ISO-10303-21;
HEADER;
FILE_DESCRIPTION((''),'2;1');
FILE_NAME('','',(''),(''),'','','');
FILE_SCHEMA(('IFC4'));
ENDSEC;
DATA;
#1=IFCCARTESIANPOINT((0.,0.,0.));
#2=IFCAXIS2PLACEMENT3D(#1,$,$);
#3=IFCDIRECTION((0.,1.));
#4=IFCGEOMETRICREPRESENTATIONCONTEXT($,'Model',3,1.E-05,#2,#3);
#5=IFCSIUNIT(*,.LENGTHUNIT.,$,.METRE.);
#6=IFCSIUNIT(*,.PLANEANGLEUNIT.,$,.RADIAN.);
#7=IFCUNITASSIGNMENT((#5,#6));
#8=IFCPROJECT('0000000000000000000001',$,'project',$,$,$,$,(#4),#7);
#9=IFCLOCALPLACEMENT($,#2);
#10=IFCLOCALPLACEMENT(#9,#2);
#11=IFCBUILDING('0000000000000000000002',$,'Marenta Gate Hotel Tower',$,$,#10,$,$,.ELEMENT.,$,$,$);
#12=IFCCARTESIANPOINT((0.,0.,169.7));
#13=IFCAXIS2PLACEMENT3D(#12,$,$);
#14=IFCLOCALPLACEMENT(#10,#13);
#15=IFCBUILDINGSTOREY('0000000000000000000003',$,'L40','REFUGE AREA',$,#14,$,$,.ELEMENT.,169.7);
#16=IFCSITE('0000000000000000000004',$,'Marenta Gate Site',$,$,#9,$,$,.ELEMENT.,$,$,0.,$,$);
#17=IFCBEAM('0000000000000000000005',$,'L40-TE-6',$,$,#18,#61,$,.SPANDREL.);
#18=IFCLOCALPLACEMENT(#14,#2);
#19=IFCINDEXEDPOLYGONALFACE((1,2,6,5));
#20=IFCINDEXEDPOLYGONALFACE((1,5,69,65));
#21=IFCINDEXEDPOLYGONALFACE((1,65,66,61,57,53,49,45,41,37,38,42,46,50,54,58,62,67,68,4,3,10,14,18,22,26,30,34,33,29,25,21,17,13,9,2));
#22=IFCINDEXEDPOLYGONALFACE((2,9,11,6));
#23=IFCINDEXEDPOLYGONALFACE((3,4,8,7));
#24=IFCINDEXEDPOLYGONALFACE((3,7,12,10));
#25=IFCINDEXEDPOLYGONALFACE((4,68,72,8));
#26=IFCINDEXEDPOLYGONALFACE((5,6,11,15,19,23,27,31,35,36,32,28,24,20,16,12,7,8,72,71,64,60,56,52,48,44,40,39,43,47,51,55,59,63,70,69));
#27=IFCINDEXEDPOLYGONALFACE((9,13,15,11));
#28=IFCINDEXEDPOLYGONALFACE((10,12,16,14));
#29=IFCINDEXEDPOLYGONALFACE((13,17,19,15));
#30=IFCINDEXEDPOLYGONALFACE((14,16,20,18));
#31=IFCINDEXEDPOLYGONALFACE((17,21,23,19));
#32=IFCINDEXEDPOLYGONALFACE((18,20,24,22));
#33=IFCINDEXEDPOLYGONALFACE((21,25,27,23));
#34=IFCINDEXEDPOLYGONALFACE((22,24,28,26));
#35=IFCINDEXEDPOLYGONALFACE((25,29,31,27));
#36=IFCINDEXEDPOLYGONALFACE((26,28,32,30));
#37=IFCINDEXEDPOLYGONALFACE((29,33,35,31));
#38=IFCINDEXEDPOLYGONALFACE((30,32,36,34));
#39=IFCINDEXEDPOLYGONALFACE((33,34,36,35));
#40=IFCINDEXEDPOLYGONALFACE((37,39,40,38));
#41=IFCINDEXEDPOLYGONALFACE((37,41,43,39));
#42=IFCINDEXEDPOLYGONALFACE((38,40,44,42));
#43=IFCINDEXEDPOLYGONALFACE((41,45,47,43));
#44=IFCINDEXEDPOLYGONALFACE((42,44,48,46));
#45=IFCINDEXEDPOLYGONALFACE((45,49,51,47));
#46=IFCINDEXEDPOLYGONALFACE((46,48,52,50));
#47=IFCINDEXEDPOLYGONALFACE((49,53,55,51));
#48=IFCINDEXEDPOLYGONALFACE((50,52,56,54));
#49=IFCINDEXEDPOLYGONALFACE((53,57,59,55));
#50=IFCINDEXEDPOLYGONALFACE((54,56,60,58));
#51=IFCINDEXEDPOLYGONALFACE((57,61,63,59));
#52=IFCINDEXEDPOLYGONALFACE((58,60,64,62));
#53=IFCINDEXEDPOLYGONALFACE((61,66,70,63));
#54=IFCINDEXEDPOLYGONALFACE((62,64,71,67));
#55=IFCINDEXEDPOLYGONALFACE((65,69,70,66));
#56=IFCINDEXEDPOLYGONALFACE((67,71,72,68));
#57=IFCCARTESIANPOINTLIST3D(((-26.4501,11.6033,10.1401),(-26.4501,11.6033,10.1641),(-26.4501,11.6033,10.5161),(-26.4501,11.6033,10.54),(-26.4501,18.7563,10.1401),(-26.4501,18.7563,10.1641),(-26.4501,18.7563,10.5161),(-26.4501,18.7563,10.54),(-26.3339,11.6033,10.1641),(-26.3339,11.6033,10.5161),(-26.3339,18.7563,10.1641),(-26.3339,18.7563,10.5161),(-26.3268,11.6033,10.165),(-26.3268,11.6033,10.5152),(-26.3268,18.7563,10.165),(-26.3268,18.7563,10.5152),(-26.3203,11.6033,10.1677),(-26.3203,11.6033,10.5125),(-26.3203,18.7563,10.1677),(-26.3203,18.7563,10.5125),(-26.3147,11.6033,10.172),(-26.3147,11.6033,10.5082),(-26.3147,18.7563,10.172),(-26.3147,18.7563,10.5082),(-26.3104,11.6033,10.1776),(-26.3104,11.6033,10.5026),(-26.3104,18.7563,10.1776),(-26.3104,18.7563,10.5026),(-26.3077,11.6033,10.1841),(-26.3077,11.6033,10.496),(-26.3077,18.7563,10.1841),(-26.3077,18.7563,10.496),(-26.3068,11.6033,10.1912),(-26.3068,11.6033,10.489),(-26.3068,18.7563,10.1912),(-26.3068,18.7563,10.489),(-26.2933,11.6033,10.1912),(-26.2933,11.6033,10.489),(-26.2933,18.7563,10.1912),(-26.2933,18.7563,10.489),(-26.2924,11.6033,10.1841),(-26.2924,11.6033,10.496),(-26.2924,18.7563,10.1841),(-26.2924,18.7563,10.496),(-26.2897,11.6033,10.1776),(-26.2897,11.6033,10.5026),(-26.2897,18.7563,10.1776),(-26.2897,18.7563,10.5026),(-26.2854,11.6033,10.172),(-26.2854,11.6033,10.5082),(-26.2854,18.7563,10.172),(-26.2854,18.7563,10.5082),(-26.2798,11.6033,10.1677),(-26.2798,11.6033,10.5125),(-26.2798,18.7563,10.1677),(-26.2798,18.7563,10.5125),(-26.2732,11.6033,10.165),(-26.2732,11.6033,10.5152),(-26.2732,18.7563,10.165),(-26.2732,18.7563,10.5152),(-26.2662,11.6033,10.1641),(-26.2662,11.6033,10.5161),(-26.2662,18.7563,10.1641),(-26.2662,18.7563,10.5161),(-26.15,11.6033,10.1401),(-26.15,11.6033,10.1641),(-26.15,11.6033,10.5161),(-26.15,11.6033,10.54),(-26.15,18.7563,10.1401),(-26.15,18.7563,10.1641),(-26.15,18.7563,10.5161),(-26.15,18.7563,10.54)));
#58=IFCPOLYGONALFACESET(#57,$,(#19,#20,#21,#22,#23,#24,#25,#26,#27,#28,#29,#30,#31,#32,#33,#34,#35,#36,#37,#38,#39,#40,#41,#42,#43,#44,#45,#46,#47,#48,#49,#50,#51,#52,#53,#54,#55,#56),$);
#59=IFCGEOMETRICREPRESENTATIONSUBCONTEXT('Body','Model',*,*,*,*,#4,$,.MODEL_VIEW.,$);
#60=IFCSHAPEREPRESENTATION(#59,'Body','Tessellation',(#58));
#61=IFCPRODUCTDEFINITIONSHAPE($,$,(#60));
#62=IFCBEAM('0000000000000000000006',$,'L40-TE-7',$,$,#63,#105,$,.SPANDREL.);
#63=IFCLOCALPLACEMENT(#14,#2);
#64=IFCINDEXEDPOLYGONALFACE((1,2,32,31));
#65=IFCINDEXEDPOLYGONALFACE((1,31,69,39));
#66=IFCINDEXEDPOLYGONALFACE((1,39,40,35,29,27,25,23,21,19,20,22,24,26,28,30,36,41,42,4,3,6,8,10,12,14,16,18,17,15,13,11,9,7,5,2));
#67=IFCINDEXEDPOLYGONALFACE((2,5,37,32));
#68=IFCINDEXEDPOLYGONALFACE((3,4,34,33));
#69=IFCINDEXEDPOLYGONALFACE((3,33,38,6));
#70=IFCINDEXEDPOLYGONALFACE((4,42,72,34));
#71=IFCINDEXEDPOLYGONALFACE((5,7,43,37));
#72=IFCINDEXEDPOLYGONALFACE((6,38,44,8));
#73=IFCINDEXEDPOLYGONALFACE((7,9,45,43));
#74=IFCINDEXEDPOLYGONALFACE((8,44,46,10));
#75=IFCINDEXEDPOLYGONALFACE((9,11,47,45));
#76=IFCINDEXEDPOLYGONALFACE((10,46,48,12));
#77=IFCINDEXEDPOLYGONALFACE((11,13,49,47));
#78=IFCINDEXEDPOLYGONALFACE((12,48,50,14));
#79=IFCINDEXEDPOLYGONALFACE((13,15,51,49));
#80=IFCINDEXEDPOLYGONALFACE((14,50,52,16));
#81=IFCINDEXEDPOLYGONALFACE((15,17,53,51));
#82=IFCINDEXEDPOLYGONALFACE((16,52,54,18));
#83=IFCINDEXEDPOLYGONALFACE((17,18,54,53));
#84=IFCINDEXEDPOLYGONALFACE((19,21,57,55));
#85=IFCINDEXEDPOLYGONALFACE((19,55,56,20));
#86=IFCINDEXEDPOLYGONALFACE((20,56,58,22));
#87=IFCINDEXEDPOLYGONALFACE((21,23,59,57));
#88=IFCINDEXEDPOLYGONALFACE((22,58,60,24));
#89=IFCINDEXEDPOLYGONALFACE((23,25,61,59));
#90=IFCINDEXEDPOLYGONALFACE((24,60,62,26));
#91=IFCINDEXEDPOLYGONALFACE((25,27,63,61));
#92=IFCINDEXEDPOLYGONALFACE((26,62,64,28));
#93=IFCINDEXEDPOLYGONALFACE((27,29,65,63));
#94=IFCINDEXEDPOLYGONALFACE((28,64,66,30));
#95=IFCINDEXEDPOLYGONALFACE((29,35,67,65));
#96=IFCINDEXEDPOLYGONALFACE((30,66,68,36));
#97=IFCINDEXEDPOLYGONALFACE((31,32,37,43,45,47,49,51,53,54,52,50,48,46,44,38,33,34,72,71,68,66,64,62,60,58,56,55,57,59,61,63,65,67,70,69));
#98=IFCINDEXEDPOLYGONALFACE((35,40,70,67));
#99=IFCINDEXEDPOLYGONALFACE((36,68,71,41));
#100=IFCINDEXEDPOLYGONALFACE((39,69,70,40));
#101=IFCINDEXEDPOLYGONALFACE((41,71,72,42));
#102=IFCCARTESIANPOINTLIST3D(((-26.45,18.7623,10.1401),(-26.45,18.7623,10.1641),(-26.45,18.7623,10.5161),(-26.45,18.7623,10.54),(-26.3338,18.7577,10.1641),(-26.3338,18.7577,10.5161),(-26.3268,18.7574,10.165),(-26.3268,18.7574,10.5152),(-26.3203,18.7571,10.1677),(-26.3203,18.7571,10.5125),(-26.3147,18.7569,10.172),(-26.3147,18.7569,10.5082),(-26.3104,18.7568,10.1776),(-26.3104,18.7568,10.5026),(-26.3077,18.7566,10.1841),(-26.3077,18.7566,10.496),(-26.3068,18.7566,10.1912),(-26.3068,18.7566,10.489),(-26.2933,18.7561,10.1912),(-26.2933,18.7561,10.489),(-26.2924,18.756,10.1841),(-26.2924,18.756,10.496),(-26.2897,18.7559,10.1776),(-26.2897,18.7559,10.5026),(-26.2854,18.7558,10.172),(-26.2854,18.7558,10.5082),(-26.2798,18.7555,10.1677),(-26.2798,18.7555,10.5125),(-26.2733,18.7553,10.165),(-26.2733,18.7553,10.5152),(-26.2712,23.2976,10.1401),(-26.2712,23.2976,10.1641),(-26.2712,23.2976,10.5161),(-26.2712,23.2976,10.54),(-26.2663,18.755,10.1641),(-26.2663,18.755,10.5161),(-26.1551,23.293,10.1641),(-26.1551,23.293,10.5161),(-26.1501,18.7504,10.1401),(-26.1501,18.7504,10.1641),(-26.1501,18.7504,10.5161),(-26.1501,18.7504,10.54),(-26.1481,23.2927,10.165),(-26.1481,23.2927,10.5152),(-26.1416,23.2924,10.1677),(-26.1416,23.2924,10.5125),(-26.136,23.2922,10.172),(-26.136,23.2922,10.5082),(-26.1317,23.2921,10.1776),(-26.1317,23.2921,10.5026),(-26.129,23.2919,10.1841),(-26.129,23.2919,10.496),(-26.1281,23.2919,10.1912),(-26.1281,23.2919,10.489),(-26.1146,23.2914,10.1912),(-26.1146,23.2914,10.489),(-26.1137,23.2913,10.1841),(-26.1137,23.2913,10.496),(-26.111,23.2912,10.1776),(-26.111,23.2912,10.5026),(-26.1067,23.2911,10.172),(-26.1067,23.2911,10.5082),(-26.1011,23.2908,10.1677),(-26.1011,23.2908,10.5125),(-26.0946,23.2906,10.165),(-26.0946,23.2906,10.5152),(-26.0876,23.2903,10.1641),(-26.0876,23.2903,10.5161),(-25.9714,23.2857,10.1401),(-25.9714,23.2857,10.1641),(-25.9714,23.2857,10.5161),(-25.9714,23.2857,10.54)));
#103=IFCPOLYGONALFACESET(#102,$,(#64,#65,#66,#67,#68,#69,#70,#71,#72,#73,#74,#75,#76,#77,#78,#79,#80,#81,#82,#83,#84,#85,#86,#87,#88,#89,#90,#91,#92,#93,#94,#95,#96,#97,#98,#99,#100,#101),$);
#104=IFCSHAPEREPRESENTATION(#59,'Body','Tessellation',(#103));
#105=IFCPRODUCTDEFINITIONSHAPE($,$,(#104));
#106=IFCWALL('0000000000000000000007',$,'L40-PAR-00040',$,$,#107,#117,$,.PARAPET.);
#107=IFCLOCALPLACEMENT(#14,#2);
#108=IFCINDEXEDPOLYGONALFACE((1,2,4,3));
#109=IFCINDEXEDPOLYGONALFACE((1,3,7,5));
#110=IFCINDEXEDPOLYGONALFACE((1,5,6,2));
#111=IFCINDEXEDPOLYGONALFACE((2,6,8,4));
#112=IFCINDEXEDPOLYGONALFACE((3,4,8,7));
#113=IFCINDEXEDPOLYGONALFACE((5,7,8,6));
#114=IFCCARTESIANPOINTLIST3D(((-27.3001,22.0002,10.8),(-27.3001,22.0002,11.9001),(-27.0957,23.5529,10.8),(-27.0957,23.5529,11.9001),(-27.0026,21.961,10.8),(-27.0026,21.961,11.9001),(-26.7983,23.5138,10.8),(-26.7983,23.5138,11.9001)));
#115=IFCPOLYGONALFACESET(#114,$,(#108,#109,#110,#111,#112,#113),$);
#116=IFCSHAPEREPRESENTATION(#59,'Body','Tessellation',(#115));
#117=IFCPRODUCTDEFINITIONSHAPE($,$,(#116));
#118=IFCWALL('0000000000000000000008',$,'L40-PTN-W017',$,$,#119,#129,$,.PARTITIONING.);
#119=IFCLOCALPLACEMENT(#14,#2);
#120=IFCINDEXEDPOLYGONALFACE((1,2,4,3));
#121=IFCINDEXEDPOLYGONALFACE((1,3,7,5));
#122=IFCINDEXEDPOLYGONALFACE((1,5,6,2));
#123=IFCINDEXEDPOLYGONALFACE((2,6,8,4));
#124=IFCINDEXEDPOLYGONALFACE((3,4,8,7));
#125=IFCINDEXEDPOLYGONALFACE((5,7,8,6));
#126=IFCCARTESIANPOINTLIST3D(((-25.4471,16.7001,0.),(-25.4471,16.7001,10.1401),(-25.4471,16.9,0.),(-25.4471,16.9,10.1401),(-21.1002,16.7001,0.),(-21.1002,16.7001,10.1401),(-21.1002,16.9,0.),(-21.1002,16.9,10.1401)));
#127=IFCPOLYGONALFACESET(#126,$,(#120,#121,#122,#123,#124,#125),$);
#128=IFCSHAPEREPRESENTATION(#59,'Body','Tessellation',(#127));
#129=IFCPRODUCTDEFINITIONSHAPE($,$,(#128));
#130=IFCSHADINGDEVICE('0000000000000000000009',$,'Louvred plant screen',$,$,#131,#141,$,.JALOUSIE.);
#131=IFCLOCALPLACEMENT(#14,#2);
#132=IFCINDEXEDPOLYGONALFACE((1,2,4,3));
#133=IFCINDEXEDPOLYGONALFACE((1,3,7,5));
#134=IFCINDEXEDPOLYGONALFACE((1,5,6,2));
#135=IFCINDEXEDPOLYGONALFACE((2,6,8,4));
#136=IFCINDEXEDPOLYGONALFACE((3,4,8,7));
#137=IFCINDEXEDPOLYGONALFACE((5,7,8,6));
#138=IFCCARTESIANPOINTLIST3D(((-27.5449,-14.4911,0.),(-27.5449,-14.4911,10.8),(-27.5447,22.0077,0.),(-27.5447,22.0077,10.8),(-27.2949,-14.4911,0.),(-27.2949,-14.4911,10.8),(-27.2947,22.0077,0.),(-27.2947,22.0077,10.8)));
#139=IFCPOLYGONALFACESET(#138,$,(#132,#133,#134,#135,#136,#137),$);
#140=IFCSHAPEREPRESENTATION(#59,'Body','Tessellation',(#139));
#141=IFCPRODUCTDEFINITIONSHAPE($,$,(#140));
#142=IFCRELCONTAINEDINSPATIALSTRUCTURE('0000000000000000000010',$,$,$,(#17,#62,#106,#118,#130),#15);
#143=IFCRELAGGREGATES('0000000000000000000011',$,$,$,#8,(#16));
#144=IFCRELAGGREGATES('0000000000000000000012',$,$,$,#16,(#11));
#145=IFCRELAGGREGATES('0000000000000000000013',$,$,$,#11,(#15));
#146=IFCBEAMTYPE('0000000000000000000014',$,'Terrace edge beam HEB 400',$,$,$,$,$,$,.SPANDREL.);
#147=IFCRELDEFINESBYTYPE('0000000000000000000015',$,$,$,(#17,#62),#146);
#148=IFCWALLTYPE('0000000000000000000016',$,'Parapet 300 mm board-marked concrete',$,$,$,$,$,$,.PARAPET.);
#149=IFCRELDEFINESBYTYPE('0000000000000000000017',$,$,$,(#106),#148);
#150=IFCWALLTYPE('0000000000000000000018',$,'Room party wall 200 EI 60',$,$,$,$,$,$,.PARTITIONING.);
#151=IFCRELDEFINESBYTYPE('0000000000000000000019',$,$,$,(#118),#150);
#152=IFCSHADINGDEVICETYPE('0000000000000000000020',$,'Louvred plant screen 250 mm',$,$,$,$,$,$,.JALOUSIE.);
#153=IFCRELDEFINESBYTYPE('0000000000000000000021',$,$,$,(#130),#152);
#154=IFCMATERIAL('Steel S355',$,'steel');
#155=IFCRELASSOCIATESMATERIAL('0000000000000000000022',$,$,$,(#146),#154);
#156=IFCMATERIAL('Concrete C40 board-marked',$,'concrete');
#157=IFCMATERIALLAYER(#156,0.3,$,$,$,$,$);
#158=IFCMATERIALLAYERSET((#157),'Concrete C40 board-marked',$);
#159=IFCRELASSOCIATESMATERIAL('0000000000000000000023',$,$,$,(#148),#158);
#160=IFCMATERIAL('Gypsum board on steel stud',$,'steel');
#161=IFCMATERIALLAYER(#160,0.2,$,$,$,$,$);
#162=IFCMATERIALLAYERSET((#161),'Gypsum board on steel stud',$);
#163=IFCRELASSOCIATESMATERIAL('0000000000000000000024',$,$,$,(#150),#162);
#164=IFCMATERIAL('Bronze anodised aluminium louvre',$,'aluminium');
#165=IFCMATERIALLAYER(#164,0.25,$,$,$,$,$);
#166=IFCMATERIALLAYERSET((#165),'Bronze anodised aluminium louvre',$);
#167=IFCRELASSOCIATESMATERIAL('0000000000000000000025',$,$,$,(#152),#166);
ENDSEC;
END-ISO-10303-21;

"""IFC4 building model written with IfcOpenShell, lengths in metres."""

from ifc_helpers import new_model, si_unit, direction, frame, frame_2d, origin, origin_2d, place, context, subcontext, project, spatial, rectangle, i_section, extrude, material, layer, layer_set, material_profile, profile_set, type_object, element, save


model = new_model("IFC4")

# Units and contexts
model_context = context("Model", 3, precision=1e-05, world=origin(), true_north=direction((0.0, 1.0)))
body_context = subcontext(model_context, "Body", "Model", "MODEL_VIEW")
ifc_project = project(units=[si_unit("LENGTHUNIT", "METRE"), si_unit("PLANEANGLEUNIT", "RADIAN")], contexts=[model_context])

# Site, building, storey
site_placement = place(None, origin())
site = spatial("IfcSite", under=ifc_project, at=site_placement, Name="Marenta Gate Site", CompositionType="ELEMENT", RefElevation=0.0)
building_placement = place(site_placement, origin())
building = spatial("IfcBuilding", under=site, at=building_placement, Name="Marenta Gate Hotel Tower", CompositionType="ELEMENT")
storey_placement = place(building_placement, frame((0.0, 0.0, 169.7)))
storey = spatial("IfcBuildingStorey", under=building, at=storey_placement, Name="L40", Description="REFUGE AREA", CompositionType="ELEMENT", Elevation=169.7)

# Beams
ifc_material_1 = material(Name="Steel S355", Category="steel")
ifc_material_profile_1 = material_profile(ifc_material_1, i_section(OverallWidth=0.3, OverallDepth=0.3999, WebThickness=0.0134, FlangeThickness=0.0239, FilletRadius=0.0271, at=origin_2d()), Name="HEB 400")
ifc_profile_set_1 = profile_set([ifc_material_profile_1], Name="Steel S355")
beam_type_1 = type_object("IfcBeamType", Name="Terrace edge beam HEB 400", PredefinedType="SPANDREL", material=ifc_profile_set_1)
beam_1_placement = place(storey_placement, frame((-26.3, 11.6033, 10.3401), z_axis=(0.0, 1.0, 0.0), x_axis=(-1.0, 0.0, 0.0)))
element("IfcBeam", 1, at=beam_1_placement, inside=storey, type_object=beam_type_1, Name="L40-TE-6", PredefinedType="SPANDREL", context=body_context, shape_type="SweptSolid", body=[
    extrude(i_section(OverallWidth=0.3, OverallDepth=0.3999, WebThickness=0.0134, FlangeThickness=0.0239, FilletRadius=0.0271, at=origin_2d()), origin(), (0.0, 0.0, 1.0), 7.1531),
])
beam_2_placement = place(storey_placement, frame((-26.3, 18.7563, 10.3401), z_axis=(0.039373, 0.999225, 0.0), x_axis=(-0.999225, 0.039373, 0.0)))
element("IfcBeam", 2, at=beam_2_placement, inside=storey, type_object=beam_type_1, Name="L40-TE-7", PredefinedType="SPANDREL", context=body_context, shape_type="SweptSolid", body=[
    extrude(i_section(OverallWidth=0.3, OverallDepth=0.3999, WebThickness=0.0134, FlangeThickness=0.0239, FilletRadius=0.0271, at=origin_2d()), origin(), (0.0, 0.0, 1.0), 4.5388),
])

# Walls
ifc_material_2 = material(Name="Concrete C40 board-marked", Category="concrete")
ifc_layer_1 = layer(ifc_material_2, 0.3)
ifc_layer_set_1 = layer_set([ifc_layer_1], Name="Concrete C40 board-marked")
wall_type_1 = type_object("IfcWallType", Name="Parapet 300 mm board-marked concrete", PredefinedType="PARAPET", material=ifc_layer_set_1)
wall_1_placement = place(storey_placement, frame((-27.1514, 21.9805, 10.8), z_axis=(0.0, 0.0, 1.0), x_axis=(0.130479, 0.991451, 0.0)))
element("IfcWall", 3, at=wall_1_placement, inside=storey, type_object=wall_type_1, Name="L40-PAR-00040", PredefinedType="PARAPET", context=body_context, shape_type="SweptSolid", body=[
    extrude(rectangle(XDim=1.5662, YDim=0.3, at=frame_2d((0.7832, 0.0))), origin(), (0.0, 0.0, 1.0), 1.1001),
])
ifc_material_3 = material(Name="Gypsum board on steel stud", Category="steel")
ifc_layer_2 = layer(ifc_material_3, 0.2)
ifc_layer_set_2 = layer_set([ifc_layer_2], Name="Gypsum board on steel stud")
wall_type_2 = type_object("IfcWallType", Name="Room party wall 200 EI 60", PredefinedType="PARTITIONING", material=ifc_layer_set_2)
wall_2_placement = place(storey_placement, frame((-25.447, 16.8, 0.0), z_axis=(0.0, 0.0, 1.0), x_axis=(1.0, 0.0, 0.0)))
element("IfcWall", 4, at=wall_2_placement, inside=storey, type_object=wall_type_2, Name="L40-PTN-W017", PredefinedType="PARTITIONING", context=body_context, shape_type="SweptSolid", body=[
    extrude(rectangle(XDim=4.3469, YDim=0.2, at=frame_2d((2.1733, 0.0))), origin(), (0.0, 0.0, 1.0), 10.1401),
])

# Shading device
ifc_material_4 = material(Name="Bronze anodised aluminium louvre", Category="aluminium")
ifc_layer_3 = layer(ifc_material_4, 0.25)
ifc_layer_set_3 = layer_set([ifc_layer_3], Name="Bronze anodised aluminium louvre")
shading_device_type = type_object("IfcShadingDeviceType", Name="Louvred plant screen 250 mm", PredefinedType="JALOUSIE", material=ifc_layer_set_3)
shading_device_placement = place(storey_placement, frame((-27.4197, 22.0078, 0.0), z_axis=(0.0, 0.0, 1.0), x_axis=(-0.000007, -1.0, 0.0)))
element("IfcShadingDevice", 5, at=shading_device_placement, inside=storey, type_object=shading_device_type, Name="Louvred plant screen", PredefinedType="JALOUSIE", context=body_context, shape_type="SweptSolid", body=[
    extrude(rectangle(XDim=36.4988, YDim=0.25, at=frame_2d((18.2495, 0.0))), origin(), (0.0, 0.0, 1.0), 10.8),
])

save(model, "model.ifc")
